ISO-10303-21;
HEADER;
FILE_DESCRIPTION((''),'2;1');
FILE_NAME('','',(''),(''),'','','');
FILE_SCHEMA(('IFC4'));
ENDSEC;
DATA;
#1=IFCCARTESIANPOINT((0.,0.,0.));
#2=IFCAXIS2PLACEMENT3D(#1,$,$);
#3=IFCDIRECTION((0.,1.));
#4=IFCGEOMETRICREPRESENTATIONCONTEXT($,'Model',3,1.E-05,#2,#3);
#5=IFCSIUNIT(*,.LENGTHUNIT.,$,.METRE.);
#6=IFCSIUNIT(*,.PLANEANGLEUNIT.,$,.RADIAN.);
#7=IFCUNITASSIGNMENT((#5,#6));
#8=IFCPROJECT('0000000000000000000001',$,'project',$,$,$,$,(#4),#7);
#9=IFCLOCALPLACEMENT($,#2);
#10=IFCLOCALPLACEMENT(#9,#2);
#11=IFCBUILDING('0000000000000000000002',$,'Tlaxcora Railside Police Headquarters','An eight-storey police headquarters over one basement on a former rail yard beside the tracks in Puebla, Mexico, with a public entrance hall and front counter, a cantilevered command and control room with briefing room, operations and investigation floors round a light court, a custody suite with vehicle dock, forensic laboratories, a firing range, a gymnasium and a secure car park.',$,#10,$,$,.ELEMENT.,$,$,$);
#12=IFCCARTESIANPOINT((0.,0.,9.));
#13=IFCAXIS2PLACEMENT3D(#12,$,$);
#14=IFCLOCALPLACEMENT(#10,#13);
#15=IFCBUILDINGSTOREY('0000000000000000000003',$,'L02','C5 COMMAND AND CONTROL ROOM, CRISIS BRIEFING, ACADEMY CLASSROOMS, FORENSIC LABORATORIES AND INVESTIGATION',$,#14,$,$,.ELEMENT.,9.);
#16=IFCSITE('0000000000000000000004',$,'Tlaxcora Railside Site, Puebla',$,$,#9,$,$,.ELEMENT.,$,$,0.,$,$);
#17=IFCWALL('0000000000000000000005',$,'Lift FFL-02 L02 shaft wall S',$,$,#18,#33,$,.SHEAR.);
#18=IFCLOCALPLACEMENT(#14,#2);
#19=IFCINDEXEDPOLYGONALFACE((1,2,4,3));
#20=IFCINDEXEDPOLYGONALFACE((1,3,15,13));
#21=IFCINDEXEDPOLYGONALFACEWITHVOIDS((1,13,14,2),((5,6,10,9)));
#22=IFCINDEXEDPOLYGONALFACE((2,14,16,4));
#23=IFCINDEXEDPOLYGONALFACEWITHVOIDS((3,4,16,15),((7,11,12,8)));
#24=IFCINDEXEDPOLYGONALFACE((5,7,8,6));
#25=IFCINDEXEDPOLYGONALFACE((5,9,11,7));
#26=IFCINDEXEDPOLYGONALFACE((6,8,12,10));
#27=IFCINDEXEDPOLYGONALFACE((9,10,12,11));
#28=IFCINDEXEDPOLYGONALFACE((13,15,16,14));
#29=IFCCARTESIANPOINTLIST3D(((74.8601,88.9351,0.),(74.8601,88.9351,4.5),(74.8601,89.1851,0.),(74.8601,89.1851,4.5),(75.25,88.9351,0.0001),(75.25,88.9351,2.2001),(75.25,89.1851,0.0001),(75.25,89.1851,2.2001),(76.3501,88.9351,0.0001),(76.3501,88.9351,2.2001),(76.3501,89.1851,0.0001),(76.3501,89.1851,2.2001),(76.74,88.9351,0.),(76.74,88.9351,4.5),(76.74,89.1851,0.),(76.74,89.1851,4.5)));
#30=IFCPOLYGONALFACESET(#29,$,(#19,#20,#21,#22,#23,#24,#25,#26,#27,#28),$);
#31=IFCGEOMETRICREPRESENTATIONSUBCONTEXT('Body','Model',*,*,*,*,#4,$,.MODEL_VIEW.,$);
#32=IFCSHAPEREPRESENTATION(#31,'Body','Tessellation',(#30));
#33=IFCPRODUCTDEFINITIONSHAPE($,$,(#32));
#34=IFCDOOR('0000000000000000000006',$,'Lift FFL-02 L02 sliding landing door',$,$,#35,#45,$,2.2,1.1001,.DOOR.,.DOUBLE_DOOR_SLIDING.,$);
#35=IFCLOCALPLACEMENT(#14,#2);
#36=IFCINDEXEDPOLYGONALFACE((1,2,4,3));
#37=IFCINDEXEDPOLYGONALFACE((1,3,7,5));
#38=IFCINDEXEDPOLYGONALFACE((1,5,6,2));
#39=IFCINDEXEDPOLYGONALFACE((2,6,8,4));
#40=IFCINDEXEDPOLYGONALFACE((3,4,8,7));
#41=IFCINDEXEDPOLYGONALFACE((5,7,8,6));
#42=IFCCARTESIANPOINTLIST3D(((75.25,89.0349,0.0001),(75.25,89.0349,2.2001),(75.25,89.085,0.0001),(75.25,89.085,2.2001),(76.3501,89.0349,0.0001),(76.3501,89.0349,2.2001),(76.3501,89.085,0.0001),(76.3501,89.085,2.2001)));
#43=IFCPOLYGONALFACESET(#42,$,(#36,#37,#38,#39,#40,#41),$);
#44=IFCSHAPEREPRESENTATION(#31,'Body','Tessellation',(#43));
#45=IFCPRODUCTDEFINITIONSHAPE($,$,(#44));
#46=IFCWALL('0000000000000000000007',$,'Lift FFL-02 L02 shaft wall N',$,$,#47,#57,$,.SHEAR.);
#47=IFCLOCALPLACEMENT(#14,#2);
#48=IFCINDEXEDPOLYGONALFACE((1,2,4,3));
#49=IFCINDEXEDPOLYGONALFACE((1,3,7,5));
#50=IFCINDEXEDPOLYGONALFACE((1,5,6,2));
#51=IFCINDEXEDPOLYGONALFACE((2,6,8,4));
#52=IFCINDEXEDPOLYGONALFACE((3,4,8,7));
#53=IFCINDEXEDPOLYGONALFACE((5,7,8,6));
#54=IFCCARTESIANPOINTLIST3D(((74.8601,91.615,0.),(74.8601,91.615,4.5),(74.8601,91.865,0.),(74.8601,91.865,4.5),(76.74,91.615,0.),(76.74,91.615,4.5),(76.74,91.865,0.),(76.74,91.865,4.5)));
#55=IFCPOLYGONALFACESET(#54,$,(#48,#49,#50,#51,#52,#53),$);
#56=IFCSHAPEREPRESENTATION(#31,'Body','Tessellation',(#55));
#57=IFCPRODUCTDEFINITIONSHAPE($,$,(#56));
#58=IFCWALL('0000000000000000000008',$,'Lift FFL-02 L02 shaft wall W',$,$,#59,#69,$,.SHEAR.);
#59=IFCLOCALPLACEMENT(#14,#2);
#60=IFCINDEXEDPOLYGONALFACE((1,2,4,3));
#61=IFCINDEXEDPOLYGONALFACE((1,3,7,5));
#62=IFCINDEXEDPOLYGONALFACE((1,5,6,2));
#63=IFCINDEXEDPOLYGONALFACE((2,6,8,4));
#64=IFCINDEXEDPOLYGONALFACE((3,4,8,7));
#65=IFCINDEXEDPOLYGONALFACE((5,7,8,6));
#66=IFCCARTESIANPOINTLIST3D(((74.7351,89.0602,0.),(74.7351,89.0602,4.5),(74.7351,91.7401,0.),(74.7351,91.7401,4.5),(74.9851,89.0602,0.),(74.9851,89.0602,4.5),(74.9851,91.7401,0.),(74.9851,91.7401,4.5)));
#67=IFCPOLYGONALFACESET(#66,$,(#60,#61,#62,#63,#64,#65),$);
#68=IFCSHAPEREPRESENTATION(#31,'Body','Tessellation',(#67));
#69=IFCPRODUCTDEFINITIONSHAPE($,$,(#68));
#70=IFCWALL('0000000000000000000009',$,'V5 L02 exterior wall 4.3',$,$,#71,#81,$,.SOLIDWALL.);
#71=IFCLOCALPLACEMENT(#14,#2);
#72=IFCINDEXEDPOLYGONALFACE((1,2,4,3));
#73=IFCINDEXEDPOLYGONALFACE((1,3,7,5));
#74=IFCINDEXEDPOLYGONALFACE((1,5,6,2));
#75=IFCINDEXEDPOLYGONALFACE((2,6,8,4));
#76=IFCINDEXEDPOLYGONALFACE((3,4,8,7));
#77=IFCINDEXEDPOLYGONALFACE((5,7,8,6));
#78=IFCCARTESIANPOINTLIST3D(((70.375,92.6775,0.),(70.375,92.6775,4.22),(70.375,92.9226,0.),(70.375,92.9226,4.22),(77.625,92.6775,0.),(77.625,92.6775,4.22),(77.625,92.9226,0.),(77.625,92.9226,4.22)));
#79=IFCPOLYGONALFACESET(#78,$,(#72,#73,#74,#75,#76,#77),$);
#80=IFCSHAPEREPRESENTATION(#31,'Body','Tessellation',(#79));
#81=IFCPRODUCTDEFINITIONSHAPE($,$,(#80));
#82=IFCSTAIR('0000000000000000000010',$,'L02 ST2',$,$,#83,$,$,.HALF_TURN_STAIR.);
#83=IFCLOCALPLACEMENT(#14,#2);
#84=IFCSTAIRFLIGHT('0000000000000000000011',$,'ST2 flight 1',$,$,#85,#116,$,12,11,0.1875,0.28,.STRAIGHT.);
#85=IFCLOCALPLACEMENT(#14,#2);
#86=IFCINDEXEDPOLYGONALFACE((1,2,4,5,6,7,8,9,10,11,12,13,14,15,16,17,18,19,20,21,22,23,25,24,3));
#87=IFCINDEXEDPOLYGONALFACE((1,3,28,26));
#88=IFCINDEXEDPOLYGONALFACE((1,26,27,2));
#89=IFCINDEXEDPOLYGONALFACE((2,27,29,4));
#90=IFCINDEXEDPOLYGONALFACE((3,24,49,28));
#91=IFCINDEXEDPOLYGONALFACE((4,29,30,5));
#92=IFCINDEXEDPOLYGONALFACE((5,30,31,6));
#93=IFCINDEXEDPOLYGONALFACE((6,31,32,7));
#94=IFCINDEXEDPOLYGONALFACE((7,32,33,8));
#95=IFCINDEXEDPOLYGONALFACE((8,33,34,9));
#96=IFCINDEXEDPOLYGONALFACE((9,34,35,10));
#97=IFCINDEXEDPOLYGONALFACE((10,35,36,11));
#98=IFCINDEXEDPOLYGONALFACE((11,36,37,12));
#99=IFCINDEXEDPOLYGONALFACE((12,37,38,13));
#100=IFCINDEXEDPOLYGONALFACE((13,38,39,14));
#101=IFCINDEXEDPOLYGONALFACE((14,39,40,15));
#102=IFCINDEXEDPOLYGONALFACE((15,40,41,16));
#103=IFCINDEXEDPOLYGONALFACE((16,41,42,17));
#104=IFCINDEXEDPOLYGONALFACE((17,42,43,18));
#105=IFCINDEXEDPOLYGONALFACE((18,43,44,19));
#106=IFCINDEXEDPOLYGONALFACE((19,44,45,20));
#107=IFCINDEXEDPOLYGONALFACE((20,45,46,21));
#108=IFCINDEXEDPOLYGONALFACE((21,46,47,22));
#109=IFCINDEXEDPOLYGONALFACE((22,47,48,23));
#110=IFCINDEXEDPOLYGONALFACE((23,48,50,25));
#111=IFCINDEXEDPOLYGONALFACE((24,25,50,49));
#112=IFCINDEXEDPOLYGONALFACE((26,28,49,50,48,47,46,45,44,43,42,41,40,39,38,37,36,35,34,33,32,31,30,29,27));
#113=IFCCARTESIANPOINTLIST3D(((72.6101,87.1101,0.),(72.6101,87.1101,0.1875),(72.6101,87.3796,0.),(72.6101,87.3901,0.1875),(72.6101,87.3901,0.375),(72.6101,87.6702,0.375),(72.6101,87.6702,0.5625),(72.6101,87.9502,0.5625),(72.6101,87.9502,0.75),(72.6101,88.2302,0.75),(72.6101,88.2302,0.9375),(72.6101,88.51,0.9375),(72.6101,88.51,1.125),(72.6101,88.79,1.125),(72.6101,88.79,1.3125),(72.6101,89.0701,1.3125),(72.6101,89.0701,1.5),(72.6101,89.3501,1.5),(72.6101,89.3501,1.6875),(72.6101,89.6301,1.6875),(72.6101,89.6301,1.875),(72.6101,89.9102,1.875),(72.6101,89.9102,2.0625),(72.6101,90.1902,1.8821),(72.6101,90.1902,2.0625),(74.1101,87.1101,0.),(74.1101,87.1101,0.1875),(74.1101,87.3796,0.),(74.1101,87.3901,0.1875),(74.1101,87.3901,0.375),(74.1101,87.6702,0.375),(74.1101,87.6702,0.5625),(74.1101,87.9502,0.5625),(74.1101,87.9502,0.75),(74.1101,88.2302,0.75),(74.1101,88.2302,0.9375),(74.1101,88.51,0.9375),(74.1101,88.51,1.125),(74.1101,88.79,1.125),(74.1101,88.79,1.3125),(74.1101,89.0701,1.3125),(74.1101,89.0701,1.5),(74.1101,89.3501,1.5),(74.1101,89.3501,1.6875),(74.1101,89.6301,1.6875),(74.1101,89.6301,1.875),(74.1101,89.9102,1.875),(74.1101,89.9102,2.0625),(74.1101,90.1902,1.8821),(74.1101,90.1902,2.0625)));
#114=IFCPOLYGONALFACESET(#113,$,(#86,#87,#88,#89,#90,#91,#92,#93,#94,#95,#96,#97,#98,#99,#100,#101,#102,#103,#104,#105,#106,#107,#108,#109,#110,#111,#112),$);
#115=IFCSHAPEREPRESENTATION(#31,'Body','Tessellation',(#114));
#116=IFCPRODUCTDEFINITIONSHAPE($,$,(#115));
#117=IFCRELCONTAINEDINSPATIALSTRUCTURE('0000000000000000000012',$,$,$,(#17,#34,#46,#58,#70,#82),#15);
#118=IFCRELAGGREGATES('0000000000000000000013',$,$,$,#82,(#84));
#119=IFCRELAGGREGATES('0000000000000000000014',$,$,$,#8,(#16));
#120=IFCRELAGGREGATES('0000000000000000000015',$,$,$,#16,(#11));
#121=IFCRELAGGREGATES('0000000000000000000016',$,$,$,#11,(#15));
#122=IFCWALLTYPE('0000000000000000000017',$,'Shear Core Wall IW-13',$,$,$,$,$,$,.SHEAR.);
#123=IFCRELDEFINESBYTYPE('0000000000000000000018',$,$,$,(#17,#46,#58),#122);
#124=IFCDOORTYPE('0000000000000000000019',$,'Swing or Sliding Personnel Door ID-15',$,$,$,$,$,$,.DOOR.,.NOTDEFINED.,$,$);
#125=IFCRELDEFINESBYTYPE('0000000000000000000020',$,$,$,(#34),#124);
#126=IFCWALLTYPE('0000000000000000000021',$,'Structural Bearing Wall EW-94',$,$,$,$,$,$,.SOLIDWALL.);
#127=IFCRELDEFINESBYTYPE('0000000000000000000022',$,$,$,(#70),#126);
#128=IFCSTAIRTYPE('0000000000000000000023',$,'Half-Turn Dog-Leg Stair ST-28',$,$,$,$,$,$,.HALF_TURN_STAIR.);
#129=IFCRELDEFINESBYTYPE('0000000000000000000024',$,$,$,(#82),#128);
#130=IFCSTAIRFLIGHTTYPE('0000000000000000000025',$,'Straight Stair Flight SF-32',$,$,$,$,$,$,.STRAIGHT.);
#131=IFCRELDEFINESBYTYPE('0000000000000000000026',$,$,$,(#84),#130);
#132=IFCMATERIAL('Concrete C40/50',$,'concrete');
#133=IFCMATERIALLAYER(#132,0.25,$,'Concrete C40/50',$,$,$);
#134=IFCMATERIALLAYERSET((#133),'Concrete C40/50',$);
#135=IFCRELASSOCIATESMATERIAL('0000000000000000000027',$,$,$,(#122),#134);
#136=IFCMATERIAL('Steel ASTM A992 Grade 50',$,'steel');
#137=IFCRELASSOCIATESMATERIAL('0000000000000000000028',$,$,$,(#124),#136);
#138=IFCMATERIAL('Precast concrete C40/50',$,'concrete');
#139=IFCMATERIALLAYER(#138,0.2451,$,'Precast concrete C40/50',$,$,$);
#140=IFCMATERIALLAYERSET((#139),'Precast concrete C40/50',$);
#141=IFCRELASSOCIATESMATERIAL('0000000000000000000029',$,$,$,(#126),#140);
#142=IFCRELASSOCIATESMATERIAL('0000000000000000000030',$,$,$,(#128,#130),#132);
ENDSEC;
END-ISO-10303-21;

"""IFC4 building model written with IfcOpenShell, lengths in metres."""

from ifc_helpers import new_model, si_unit, direction, frame, frame_2d, origin, place, context, subcontext, project, spatial, polyline, rectangle, outline, extrude, material, layer, layer_set, type_object, element, fill, aggregate, save


model = new_model("IFC4")

# Units and contexts
model_context = context("Model", 3, precision=1e-05, world=origin(), true_north=direction((0.0, 1.0)))
body_context = subcontext(model_context, "Body", "Model", "MODEL_VIEW")
ifc_project = project(units=[si_unit("LENGTHUNIT", "METRE"), si_unit("PLANEANGLEUNIT", "RADIAN")], contexts=[model_context])

# Site, building, storey
site_placement = place(None, origin())
site = spatial("IfcSite", under=ifc_project, at=site_placement, Name="Tlaxcora Railside Site, Puebla", CompositionType="ELEMENT", RefElevation=0.0)
building_placement = place(site_placement, origin())
building = spatial("IfcBuilding", under=site, at=building_placement, Name="Tlaxcora Railside Police Headquarters", Description="An eight-storey police headquarters over one basement on a former rail yard beside the tracks in Puebla, Mexico, with a public entrance hall and front counter, a cantilevered command and control room with briefing room, operations and investigation floors round a light court, a custody suite with vehicle dock, forensic laboratories, a firing range, a gymnasium and a secure car park.", CompositionType="ELEMENT")
storey_placement = place(building_placement, frame((0.0, 0.0, 9.0)))
storey = spatial("IfcBuildingStorey", under=building, at=storey_placement, Name="L02", Description="C5 COMMAND AND CONTROL ROOM, CRISIS BRIEFING, ACADEMY CLASSROOMS, FORENSIC LABORATORIES AND INVESTIGATION", CompositionType="ELEMENT", Elevation=9.0)

# Shared definitions
ifc_material_1 = material(Name="Concrete C40/50", Category="concrete")

# Shared definitions
ifc_material_2 = material(Name="Steel ASTM A992 Grade 50", Category="steel")

# Shared definitions
ifc_layer_1 = layer(ifc_material_1, 0.25, Name="Concrete C40/50")
ifc_layer_set_1 = layer_set([ifc_layer_1], Name="Concrete C40/50")
wall_type_1 = type_object("IfcWallType", Name="Shear Core Wall IW-13", PredefinedType="SHEAR", material=ifc_layer_set_1)

# Wall, opening, door
wall_1_placement = place(storey_placement, frame((74.8601, 89.0601, 0.0), z_axis=(0.0, 0.0, 1.0), x_axis=(1.0, 0.0, 0.0)))
wall_1 = element("IfcWall", 1, at=wall_1_placement, inside=storey, type_object=wall_type_1, Name="Lift FFL-02 L02 shaft wall S", PredefinedType="SHEAR", context=body_context, shape_type="SweptSolid", body=[
    extrude(rectangle(XDim=1.8799, YDim=0.25, at=frame_2d((0.9399, 0.0))), origin(), (0.0, 0.0, 1.0), 4.5),
])
opening_1_placement = place(wall_1_placement, frame((0.3899, 0.0, 0.0)))
opening_1 = element("IfcOpeningElement", 2, at=opening_1_placement, cuts=wall_1, PredefinedType="OPENING", context=body_context, shape_type="SweptSolid", body=[
    extrude(rectangle(XDim=1.1001, YDim=2.2, at=frame_2d((0.55, 1.1001))), frame((0.0, 0.135, 0.0), z_axis=(0.0, -1.0, 0.0), x_axis=(1.0, 0.0, 0.0)), (0.0, 0.0, 1.0), 0.27),
])
door_type_1 = type_object("IfcDoorType", Name="Swing or Sliding Personnel Door ID-15", OperationType="NOTDEFINED", PredefinedType="DOOR", material=ifc_material_2)
door_1_placement = place(opening_1_placement, origin())
door_1 = element("IfcDoor", 3, at=door_1_placement, inside=storey, type_object=door_type_1, Name="Lift FFL-02 L02 sliding landing door", OperationType="DOUBLE_DOOR_SLIDING", OverallHeight=2.2, OverallWidth=1.1001, PredefinedType="DOOR", context=body_context, shape_type="SweptSolid", body=[
    extrude(rectangle(XDim=1.1001, YDim=2.2, at=frame_2d((0.55, 1.1001))), frame((0.0, 0.0249, 0.0), z_axis=(0.0, -1.0, 0.0), x_axis=(1.0, 0.0, 0.0)), (0.0, 0.0, 1.0), 0.05),
])
fill(opening_1, door_1)

# Walls
wall_2_placement = place(storey_placement, frame((76.74, 91.74, 0.0), z_axis=(0.0, 0.0, 1.0), x_axis=(-1.0, 0.0, 0.0)))
element("IfcWall", 4, at=wall_2_placement, inside=storey, type_object=wall_type_1, Name="Lift FFL-02 L02 shaft wall N", PredefinedType="SHEAR", context=body_context, shape_type="SweptSolid", body=[
    extrude(rectangle(XDim=1.8799, YDim=0.25, at=frame_2d((0.9399, 0.0))), origin(), (0.0, 0.0, 1.0), 4.5),
])
wall_3_placement = place(storey_placement, frame((74.8601, 91.74, 0.0), z_axis=(0.0, 0.0, 1.0), x_axis=(0.0, -1.0, 0.0)))
element("IfcWall", 5, at=wall_3_placement, inside=storey, type_object=wall_type_1, Name="Lift FFL-02 L02 shaft wall W", PredefinedType="SHEAR", context=body_context, shape_type="SweptSolid", body=[
    extrude(rectangle(XDim=2.6799, YDim=0.25, at=frame_2d((1.3398, 0.0))), origin(), (0.0, 0.0, 1.0), 4.5),
])
ifc_material_3 = material(Name="Precast concrete C40/50", Category="concrete")
ifc_layer_2 = layer(ifc_material_3, 0.2451, Name="Precast concrete C40/50")
ifc_layer_set_2 = layer_set([ifc_layer_2], Name="Precast concrete C40/50")
wall_type_2 = type_object("IfcWallType", Name="Structural Bearing Wall EW-94", PredefinedType="SOLIDWALL", material=ifc_layer_set_2)
wall_4_placement = place(storey_placement, frame((77.625, 92.8, 0.0), z_axis=(0.0, 0.0, 1.0), x_axis=(-1.0, 0.0, 0.0)))
element("IfcWall", 6, at=wall_4_placement, inside=storey, type_object=wall_type_2, Name="V5 L02 exterior wall 4.3", PredefinedType="SOLIDWALL", context=body_context, shape_type="SweptSolid", body=[
    extrude(rectangle(XDim=7.25, YDim=0.2451, at=frame_2d((3.625, 0.0))), origin(), (0.0, 0.0, 1.0), 4.22),
])

# Stair, stair flight
stair_type = type_object("IfcStairType", Name="Half-Turn Dog-Leg Stair ST-28", PredefinedType="HALF_TURN_STAIR", material=ifc_material_1)
stair_placement = place(storey_placement, origin())
stair = element("IfcStair", 7, at=stair_placement, inside=storey, type_object=stair_type, Name="L02 ST2", PredefinedType="HALF_TURN_STAIR")
stair_flight_type = type_object("IfcStairFlightType", Name="Straight Stair Flight SF-32", PredefinedType="STRAIGHT", material=ifc_material_1)
stair_flight_placement = place(storey_placement, frame((73.3601, 87.1101, 0.0), z_axis=(0.0, 0.0, 1.0), x_axis=(0.0, 1.0, 0.0)))
stair_flight = element("IfcStairFlight", 8, at=stair_flight_placement, type_object=stair_flight_type, Name="ST2 flight 1", NumberOfRisers=12, NumberOfTreads=11, PredefinedType="STRAIGHT", RiserHeight=0.1875, TreadLength=0.28, context=body_context, shape_type="SweptSolid", body=[
    extrude(outline(polyline([(0.0, 0.0), (0.0, 0.1875), (0.28, 0.1875), (0.28, 0.375), (0.5601, 0.375), (0.5601, 0.5625), (0.8401, 0.5625), (0.8401, 0.75), (1.1201, 0.75), (1.1201, 0.9375), (1.3999, 0.9375), (1.3999, 1.125), (1.6799, 1.125), (1.6799, 1.3125), (1.96, 1.3125), (1.96, 1.5), (2.24, 1.5), (2.24, 1.6875), (2.52, 1.6875), (2.52, 1.875), (2.8, 1.875), (2.8, 2.0625), (3.0801, 2.0625), (3.0801, 2.25), (3.0801, 1.8821), (0.2695, 0.0), (0.0, 0.0)])), frame((0.0, 0.75, 0.0), z_axis=(0.0, -1.0, 0.0), x_axis=(1.0, 0.0, 0.0)), (0.0, 0.0, 1.0), 1.5),
])
aggregate(stair, [stair_flight])

save(model, "model.ifc")
